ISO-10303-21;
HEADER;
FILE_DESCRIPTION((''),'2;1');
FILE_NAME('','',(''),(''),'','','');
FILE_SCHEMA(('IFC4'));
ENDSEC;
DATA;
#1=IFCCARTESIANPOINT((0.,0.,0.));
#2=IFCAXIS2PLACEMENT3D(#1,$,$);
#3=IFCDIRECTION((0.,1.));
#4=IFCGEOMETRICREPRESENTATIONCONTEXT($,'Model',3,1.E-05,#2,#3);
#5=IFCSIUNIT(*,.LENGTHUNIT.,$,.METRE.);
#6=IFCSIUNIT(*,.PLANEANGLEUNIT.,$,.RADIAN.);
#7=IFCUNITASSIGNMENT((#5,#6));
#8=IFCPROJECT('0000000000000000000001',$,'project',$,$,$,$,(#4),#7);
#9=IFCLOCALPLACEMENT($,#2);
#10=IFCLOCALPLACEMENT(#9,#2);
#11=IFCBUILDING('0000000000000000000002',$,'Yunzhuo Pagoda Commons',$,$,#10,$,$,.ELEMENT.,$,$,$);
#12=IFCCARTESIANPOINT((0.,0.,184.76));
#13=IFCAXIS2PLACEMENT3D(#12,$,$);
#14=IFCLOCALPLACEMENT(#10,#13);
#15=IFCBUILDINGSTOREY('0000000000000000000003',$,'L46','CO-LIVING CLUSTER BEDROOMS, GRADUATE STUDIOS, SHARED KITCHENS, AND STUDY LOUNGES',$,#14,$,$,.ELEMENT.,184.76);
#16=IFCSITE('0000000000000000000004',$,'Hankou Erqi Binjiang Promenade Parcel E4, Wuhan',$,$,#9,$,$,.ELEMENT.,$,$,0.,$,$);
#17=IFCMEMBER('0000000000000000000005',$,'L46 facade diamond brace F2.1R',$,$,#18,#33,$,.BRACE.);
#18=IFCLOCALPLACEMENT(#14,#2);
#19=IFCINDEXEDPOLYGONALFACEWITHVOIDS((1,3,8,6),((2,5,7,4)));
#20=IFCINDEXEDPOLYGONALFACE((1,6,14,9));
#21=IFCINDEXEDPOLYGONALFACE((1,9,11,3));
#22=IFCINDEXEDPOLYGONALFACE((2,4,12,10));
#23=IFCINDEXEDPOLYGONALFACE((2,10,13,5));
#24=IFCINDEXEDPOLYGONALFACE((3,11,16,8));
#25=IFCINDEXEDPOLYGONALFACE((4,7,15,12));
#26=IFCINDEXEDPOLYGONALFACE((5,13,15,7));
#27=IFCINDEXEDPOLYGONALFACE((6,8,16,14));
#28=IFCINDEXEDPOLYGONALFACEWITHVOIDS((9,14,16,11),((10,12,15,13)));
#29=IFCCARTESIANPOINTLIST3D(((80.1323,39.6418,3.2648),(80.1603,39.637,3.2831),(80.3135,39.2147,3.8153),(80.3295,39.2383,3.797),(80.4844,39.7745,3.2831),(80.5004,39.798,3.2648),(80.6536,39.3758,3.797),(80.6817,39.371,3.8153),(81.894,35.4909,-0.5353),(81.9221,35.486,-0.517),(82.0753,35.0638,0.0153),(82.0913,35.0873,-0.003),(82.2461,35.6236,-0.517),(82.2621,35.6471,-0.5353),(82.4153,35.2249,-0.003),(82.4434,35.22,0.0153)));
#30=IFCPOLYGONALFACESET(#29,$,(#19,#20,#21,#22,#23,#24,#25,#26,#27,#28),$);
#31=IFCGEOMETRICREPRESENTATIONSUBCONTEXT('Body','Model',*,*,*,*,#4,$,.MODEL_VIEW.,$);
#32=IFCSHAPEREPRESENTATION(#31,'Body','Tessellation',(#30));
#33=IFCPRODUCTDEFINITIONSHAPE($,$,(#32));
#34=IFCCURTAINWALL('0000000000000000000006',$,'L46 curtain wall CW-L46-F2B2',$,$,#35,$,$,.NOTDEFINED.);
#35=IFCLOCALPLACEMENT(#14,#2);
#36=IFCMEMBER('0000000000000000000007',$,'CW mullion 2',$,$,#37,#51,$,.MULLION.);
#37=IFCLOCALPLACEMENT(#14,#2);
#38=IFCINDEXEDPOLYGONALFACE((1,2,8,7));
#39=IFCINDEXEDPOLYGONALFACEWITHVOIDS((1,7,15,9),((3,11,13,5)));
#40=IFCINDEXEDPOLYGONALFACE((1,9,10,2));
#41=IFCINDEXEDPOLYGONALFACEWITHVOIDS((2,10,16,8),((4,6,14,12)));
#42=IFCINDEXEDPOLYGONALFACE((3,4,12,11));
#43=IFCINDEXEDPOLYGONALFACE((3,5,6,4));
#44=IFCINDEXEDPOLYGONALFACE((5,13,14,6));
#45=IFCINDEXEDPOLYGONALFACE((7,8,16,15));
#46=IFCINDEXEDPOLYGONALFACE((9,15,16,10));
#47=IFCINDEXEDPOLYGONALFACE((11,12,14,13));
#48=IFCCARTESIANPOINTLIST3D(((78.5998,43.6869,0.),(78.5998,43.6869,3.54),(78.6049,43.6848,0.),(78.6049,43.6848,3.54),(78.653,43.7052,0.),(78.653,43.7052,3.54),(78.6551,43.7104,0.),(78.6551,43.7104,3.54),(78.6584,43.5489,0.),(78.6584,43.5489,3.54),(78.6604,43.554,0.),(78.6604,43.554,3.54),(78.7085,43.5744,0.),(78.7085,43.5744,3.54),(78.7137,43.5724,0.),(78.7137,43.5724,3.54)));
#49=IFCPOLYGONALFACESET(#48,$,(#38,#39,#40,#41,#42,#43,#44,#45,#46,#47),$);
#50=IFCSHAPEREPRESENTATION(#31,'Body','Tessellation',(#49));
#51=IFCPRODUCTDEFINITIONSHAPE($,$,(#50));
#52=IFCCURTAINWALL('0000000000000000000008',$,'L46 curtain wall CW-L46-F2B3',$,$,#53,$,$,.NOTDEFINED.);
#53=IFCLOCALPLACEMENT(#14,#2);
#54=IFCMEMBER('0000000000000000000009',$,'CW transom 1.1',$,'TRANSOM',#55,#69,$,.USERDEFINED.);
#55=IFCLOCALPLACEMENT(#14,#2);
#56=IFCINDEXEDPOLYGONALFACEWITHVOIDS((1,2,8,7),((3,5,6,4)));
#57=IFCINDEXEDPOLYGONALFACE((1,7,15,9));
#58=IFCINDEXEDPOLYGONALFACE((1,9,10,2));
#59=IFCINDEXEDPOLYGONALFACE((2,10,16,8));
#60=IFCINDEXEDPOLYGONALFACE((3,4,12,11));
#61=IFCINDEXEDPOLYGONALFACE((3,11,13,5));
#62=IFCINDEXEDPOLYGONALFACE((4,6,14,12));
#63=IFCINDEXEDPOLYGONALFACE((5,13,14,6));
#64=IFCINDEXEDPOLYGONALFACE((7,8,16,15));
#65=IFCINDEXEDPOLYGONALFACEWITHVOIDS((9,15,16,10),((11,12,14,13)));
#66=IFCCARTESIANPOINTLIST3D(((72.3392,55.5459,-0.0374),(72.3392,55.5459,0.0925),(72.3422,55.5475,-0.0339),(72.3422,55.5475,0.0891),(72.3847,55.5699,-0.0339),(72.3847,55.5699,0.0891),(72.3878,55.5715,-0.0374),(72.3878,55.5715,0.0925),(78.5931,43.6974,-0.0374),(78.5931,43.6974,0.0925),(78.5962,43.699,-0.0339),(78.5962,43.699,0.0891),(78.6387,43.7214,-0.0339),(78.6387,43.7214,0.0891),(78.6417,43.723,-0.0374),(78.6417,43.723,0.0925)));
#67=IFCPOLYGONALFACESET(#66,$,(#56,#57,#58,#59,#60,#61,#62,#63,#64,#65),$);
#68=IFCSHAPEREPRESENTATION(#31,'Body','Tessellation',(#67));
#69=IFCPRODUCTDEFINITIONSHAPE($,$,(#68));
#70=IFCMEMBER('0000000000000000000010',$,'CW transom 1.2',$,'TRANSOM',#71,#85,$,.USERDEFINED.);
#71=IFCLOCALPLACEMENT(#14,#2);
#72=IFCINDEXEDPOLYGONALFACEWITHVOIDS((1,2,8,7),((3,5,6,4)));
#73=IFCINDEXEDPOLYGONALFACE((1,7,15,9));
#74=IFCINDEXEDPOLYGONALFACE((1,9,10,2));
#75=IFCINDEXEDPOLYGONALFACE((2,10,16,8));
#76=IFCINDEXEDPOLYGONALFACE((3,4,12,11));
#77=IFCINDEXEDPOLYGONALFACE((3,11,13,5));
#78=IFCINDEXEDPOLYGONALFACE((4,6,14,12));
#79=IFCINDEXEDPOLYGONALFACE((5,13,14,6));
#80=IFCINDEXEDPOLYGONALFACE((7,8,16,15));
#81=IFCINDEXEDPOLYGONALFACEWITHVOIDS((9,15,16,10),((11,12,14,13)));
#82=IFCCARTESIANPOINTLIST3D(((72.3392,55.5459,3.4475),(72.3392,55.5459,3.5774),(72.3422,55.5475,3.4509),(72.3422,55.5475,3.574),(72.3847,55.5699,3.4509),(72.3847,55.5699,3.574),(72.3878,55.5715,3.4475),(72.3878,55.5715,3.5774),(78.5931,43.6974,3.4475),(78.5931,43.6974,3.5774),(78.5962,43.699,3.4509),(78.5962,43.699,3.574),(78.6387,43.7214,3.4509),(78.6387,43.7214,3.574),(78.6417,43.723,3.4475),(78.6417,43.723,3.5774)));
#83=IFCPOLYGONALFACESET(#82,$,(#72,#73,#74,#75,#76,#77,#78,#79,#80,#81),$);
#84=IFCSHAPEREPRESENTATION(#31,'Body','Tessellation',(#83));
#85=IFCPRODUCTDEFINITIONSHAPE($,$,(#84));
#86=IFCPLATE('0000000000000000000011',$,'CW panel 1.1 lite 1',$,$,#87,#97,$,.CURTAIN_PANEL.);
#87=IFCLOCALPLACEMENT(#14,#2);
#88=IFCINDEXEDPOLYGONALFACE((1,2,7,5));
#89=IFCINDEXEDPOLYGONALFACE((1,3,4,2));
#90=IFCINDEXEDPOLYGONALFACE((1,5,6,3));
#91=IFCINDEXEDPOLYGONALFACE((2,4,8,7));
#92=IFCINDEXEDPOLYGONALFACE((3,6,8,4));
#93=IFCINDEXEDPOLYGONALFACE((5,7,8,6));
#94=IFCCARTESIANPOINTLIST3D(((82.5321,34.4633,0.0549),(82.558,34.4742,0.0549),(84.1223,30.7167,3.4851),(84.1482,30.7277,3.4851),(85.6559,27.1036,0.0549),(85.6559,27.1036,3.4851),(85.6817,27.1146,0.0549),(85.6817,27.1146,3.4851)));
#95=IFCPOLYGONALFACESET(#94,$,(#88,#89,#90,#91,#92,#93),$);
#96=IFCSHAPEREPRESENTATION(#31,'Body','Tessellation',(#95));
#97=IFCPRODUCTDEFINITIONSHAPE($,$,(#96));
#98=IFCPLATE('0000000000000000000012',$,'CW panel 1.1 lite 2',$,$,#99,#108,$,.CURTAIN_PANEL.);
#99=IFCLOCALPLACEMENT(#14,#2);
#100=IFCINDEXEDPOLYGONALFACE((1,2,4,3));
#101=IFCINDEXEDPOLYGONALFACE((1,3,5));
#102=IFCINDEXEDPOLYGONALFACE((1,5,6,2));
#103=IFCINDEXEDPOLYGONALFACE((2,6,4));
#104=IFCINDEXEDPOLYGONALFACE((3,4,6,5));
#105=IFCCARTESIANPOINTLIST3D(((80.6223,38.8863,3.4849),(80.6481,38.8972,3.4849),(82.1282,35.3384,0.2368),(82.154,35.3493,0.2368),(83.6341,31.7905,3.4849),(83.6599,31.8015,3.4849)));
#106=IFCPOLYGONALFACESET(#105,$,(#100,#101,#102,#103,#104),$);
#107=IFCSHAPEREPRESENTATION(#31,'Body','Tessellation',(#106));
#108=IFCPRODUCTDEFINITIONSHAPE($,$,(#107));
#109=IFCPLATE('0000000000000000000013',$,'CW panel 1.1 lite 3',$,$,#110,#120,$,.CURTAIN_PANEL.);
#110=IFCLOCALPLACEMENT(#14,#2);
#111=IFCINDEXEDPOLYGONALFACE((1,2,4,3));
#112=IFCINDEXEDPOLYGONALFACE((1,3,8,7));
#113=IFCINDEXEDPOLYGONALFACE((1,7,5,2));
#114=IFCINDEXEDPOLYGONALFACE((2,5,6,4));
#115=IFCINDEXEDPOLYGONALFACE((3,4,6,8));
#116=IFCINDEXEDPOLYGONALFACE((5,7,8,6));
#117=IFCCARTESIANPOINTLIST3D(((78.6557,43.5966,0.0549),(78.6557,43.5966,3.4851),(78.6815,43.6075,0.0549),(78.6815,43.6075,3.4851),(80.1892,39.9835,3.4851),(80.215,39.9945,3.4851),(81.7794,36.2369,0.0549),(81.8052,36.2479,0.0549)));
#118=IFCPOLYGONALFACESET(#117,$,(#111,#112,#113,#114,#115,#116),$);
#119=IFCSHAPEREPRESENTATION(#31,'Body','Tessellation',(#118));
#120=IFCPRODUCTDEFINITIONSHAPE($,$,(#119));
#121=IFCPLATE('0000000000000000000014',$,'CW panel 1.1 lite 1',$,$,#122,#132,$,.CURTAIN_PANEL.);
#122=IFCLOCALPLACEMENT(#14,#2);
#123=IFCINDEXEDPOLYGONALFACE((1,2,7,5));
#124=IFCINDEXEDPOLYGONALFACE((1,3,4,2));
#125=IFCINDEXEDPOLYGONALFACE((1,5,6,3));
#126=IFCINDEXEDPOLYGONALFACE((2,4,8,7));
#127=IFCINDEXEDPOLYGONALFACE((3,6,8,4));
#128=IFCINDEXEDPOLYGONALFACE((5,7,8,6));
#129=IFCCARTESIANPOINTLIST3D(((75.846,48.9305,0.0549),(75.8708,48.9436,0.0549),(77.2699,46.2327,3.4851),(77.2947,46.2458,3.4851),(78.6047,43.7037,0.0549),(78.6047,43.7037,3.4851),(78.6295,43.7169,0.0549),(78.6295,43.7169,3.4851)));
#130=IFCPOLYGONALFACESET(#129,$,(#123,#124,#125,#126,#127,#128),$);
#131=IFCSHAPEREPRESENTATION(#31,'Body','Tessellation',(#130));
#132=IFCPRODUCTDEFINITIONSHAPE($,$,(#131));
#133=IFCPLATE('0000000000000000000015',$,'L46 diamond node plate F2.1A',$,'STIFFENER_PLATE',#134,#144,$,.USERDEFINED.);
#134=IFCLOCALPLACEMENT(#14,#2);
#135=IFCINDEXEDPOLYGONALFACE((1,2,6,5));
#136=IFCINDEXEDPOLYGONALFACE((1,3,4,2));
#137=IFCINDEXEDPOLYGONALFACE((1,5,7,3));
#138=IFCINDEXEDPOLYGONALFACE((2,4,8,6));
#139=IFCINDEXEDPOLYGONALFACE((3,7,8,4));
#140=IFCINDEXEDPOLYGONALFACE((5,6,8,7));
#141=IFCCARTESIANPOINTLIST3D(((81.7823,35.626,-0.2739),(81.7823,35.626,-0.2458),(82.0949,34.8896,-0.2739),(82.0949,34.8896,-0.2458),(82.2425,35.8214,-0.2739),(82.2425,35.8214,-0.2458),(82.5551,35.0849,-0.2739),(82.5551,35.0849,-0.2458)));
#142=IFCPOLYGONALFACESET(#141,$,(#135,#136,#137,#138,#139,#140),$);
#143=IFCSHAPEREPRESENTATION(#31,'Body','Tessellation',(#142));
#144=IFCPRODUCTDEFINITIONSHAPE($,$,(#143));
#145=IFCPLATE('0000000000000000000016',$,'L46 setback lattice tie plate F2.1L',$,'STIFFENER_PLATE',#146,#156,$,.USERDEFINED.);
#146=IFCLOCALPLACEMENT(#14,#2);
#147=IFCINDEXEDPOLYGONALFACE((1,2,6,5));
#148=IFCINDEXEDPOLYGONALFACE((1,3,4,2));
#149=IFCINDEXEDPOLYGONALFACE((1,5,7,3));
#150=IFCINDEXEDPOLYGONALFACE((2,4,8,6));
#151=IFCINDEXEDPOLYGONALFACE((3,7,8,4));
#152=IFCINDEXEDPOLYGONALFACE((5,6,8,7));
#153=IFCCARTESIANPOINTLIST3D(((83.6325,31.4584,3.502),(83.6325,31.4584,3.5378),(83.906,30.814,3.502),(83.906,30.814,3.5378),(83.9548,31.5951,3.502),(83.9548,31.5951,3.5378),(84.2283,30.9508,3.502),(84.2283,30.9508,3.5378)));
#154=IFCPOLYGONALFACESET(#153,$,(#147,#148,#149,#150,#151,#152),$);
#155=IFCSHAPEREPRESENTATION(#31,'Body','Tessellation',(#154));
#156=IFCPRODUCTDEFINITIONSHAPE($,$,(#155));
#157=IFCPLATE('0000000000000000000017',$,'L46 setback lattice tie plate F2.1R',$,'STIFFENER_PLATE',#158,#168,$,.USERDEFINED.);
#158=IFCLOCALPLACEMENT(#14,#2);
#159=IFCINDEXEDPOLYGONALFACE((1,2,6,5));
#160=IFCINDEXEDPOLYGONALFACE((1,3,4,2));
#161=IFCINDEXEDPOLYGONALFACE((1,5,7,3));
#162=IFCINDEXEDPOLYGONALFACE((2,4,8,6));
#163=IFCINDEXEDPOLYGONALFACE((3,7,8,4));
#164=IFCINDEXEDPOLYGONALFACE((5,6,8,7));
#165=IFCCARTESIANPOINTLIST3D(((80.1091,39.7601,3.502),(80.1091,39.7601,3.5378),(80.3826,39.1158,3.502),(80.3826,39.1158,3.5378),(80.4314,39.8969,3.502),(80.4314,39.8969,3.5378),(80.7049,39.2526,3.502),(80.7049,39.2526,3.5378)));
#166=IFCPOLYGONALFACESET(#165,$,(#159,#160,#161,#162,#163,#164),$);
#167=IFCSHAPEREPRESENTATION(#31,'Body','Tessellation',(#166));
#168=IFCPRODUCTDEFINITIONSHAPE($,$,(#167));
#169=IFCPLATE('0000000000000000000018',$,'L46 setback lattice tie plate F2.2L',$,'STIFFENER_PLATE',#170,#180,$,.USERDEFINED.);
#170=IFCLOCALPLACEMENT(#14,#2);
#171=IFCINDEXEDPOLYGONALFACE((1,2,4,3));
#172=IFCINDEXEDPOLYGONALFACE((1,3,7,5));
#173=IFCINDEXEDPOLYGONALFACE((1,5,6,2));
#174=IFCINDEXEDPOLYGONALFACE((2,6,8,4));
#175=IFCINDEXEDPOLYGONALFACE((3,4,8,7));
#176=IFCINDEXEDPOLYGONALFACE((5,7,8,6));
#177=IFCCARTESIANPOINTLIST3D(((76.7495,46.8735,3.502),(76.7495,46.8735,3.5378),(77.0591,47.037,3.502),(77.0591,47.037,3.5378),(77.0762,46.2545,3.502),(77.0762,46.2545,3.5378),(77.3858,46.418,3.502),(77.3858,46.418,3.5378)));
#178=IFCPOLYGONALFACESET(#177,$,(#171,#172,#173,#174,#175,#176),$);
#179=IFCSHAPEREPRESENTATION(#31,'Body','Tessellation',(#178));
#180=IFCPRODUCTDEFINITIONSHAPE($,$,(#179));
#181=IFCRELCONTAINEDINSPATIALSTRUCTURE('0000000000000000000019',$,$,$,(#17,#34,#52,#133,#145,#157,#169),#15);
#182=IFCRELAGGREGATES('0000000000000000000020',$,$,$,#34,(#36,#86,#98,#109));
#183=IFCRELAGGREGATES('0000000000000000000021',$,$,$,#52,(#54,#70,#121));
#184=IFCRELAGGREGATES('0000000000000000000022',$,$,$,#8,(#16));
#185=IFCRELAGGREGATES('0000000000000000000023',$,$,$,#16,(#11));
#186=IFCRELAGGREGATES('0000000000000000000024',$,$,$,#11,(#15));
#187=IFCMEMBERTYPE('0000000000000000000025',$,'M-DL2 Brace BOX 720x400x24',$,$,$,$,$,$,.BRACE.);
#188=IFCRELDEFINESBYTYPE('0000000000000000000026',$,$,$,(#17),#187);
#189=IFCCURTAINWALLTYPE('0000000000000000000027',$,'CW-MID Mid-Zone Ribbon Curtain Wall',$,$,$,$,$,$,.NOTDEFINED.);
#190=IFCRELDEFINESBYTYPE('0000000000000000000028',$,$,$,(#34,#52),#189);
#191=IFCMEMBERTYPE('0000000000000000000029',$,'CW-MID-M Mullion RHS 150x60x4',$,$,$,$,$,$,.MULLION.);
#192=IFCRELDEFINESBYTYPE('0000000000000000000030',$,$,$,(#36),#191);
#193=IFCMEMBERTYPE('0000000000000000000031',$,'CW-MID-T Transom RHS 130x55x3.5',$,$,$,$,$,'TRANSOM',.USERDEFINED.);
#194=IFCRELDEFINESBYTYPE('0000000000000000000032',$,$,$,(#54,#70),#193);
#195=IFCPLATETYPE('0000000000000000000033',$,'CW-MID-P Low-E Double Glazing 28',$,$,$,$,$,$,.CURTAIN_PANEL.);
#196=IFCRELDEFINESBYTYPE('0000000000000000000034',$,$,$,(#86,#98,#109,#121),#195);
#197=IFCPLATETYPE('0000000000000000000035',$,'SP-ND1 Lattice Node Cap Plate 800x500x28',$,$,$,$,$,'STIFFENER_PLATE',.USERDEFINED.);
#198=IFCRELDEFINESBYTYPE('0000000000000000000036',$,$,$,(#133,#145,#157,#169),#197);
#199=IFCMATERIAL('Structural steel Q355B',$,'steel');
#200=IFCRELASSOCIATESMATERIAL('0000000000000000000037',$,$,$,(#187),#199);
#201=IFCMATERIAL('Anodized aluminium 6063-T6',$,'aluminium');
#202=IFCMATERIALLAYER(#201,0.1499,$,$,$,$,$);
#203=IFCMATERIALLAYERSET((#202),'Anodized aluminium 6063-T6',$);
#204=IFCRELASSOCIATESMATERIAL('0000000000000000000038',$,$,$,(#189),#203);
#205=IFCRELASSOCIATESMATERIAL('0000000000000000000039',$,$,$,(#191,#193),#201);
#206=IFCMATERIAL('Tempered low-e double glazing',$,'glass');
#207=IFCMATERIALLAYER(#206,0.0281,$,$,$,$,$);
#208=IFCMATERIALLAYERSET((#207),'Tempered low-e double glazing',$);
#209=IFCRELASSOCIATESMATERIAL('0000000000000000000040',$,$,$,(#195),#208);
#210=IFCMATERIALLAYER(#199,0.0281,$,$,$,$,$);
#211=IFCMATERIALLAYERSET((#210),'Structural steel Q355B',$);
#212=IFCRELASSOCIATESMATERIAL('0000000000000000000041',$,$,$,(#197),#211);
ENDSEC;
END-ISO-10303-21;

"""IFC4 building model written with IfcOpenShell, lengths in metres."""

from ifc_helpers import new_model, si_unit, direction, frame, origin, origin_2d, place, context, subcontext, project, spatial, polyline, rectangle, hollow_rectangle, outline, extrude, source, transform, mapped, material, layer, layer_set, material_profile, profile_set, type_object, element, aggregate, save


model = new_model("IFC4")

# Units and contexts
model_context = context("Model", 3, precision=1e-05, world=origin(), true_north=direction((0.0, 1.0)))
body_context = subcontext(model_context, "Body", "Model", "MODEL_VIEW")
ifc_project = project(units=[si_unit("LENGTHUNIT", "METRE"), si_unit("PLANEANGLEUNIT", "RADIAN")], contexts=[model_context])

# Site, building, storey
site_placement = place(None, origin())
site = spatial("IfcSite", under=ifc_project, at=site_placement, Name="Hankou Erqi Binjiang Promenade Parcel E4, Wuhan", CompositionType="ELEMENT", RefElevation=0.0)
building_placement = place(site_placement, origin())
building = spatial("IfcBuilding", under=site, at=building_placement, Name="Yunzhuo Pagoda Commons", CompositionType="ELEMENT")
storey_placement = place(building_placement, frame((0.0, 0.0, 184.76)))
storey = spatial("IfcBuildingStorey", under=building, at=storey_placement, Name="L46", Description="CO-LIVING CLUSTER BEDROOMS, GRADUATE STUDIOS, SHARED KITCHENS, AND STUDY LOUNGES", CompositionType="ELEMENT", Elevation=184.76)

# Shared definitions
ifc_material_1 = material(Name="Structural steel Q355B", Category="steel")

# Member
ifc_material_profile_1 = material_profile(ifc_material_1, hollow_rectangle(XDim=0.3999, YDim=0.72, WallThickness=0.0239, at=origin_2d()), Name="Structural steel Q355B")
ifc_profile_set_1 = profile_set([ifc_material_profile_1], Name="Structural steel Q355B")
member_type_1 = type_object("IfcMemberType", Name="M-DL2 Brace BOX 720x400x24", PredefinedType="BRACE", material=ifc_profile_set_1)
shared_shape_1 = source(origin(), body_context, "Body", "SweptSolid", [
    extrude(hollow_rectangle(XDim=0.3999, YDim=0.72, WallThickness=0.0239, at=origin_2d()), origin(), (0.0, 0.0, 1.0), 5.897),
])
for number, where, z_axis, x_axis, name in (
    (1, (82.1687, 35.3555, -0.26), (-0.298752, 0.703905, 0.644411), (-0.920523, -0.390689, 0.0), "L46 facade diamond brace F2.1R"),
):
    element("IfcMember", number, at=place(storey_placement, frame(where, z_axis=z_axis, x_axis=x_axis)), inside=storey, type_object=member_type_1, Name=name, PredefinedType="BRACE", context=body_context, shape_type="MappedRepresentation", body=[
        mapped(shared_shape_1, transform((0.0, 0.0, 0.0), scale=1.0)),
    ])

# Curtain wall, member
ifc_material_2 = material(Name="Anodized aluminium 6063-T6", Category="aluminium")
ifc_layer_1 = layer(ifc_material_2, 0.1499)
ifc_layer_set_1 = layer_set([ifc_layer_1], Name="Anodized aluminium 6063-T6")
curtain_wall_type = type_object("IfcCurtainWallType", Name="CW-MID Mid-Zone Ribbon Curtain Wall", PredefinedType="NOTDEFINED", material=ifc_layer_set_1)
curtain_wall_1_placement = place(storey_placement, origin())
curtain_wall_1 = element("IfcCurtainWall", 2, at=curtain_wall_1_placement, inside=storey, type_object=curtain_wall_type, Name="L46 curtain wall CW-L46-F2B2", PredefinedType="NOTDEFINED")
ifc_material_profile_2 = material_profile(ifc_material_2, hollow_rectangle(XDim=0.0601, YDim=0.1499, WallThickness=0.0039, at=origin_2d()), Name="Anodized aluminium 6063-T6")
ifc_profile_set_2 = profile_set([ifc_material_profile_2], Name="Anodized aluminium 6063-T6")
member_type_2 = type_object("IfcMemberType", Name="CW-MID-M Mullion RHS 150x60x4", PredefinedType="MULLION", material=ifc_profile_set_2)
shared_shape_2 = source(origin(), body_context, "Body", "SweptSolid", [
    extrude(hollow_rectangle(XDim=0.0601, YDim=0.1499, WallThickness=0.0039, at=origin_2d()), origin(), (0.0, 0.0, 1.0), 3.54),
])
member_1_placement = place(storey_placement, frame((78.6567, 43.6296, 0.0), z_axis=(0.0, 0.0, 1.0), x_axis=(-0.920515, -0.390706, 0.0)))
member_1 = element("IfcMember", 3, at=member_1_placement, type_object=member_type_2, Name="CW mullion 2", PredefinedType="MULLION", context=body_context, shape_type="MappedRepresentation", body=[
    mapped(shared_shape_2, transform((0.0, 0.0, 0.0), scale=1.0)),
])

# Curtain wall, members
curtain_wall_2_placement = place(storey_placement, origin())
curtain_wall_2 = element("IfcCurtainWall", 4, at=curtain_wall_2_placement, inside=storey, type_object=curtain_wall_type, Name="L46 curtain wall CW-L46-F2B3", PredefinedType="NOTDEFINED")
ifc_material_profile_3 = material_profile(ifc_material_2, hollow_rectangle(XDim=0.0549, YDim=0.1299, WallThickness=0.0034, at=origin_2d()), Name="Anodized aluminium 6063-T6")
ifc_profile_set_3 = profile_set([ifc_material_profile_3], Name="Anodized aluminium 6063-T6")
member_type_3 = type_object("IfcMemberType", Name="CW-MID-T Transom RHS 130x55x3.5", ElementType="TRANSOM", PredefinedType="USERDEFINED", material=ifc_profile_set_3)
shared_shape_3 = source(origin(), body_context, "Body", "SweptSolid", [
    extrude(hollow_rectangle(XDim=0.0549, YDim=0.1299, WallThickness=0.0034, at=origin_2d()), origin(), (0.0, 0.0, 1.0), 13.3977),
])
member_2_placement = place(storey_placement, frame((78.6174, 43.7102, 0.0276), z_axis=(-0.466793, 0.884367, 0.0), x_axis=(-0.884367, -0.466793, 0.0)))
member_2 = element("IfcMember", 5, at=member_2_placement, type_object=member_type_3, Name="CW transom 1.1", ObjectType="TRANSOM", PredefinedType="USERDEFINED", context=body_context, shape_type="MappedRepresentation", body=[
    mapped(shared_shape_3, transform((0.0, 0.0, 0.0), scale=1.0)),
])
member_3_placement = place(storey_placement, frame((78.6174, 43.7102, 3.5125), z_axis=(-0.466793, 0.884367, 0.0), x_axis=(-0.884367, -0.466793, 0.0)))
member_3 = element("IfcMember", 6, at=member_3_placement, type_object=member_type_3, Name="CW transom 1.2", ObjectType="TRANSOM", PredefinedType="USERDEFINED", context=body_context, shape_type="MappedRepresentation", body=[
    mapped(shared_shape_3, transform((0.0, 0.0, 0.0), scale=1.0)),
])

# Plates
ifc_material_3 = material(Name="Tempered low-e double glazing", Category="glass")
ifc_layer_2 = layer(ifc_material_3, 0.0281)
ifc_layer_set_2 = layer_set([ifc_layer_2], Name="Tempered low-e double glazing")
plate_type_1 = type_object("IfcPlateType", Name="CW-MID-P Low-E Double Glazing 28", PredefinedType="CURTAIN_PANEL", material=ifc_layer_set_2)
plate_1_placement = place(storey_placement, frame((84.094, 30.7834, 1.77), z_axis=(0.920515, 0.390706, 0.0), x_axis=(-0.390706, 0.920515, 0.0)))
plate_1 = element("IfcPlate", 7, at=plate_1_placement, type_object=plate_type_1, Name="CW panel 1.1 lite 1", PredefinedType="CURTAIN_PANEL", context=body_context, shape_type="SweptSolid", body=[
    extrude(outline(polyline([(-3.9976, -1.7151), (3.9976, -1.7151), (-0.0725, 1.7151), (-3.9976, 1.7151), (-3.9976, -1.7151)])), origin(), (0.0, 0.0, 1.0), 0.0281),
])
plate_2_placement = place(storey_placement, frame((82.1282, 35.3384, 1.8608), z_axis=(0.920515, 0.390706, 0.0), x_axis=(-0.390706, 0.920515, 0.0)))
plate_2 = element("IfcPlate", 8, at=plate_2_placement, type_object=plate_type_1, Name="CW panel 1.1 lite 2", PredefinedType="CURTAIN_PANEL", context=body_context, shape_type="SweptSolid", body=[
    extrude(outline(polyline([(-3.8542, 1.624), (0.0, -1.624), (3.8542, 1.624), (-3.8542, 1.624)])), origin(), (0.0, 0.0, 1.0), 0.0281),
])
plate_3_placement = place(storey_placement, frame((80.2175, 39.9167, 1.77), z_axis=(0.920515, 0.390706, 0.0), x_axis=(-0.390706, 0.920515, 0.0)))
plate_3 = element("IfcPlate", 9, at=plate_3_placement, type_object=plate_type_1, Name="CW panel 1.1 lite 3", PredefinedType="CURTAIN_PANEL", context=body_context, shape_type="SweptSolid", body=[
    extrude(outline(polyline([(-3.9976, -1.7151), (3.9976, -1.7151), (3.9976, 1.7151), (0.0725, 1.7151), (-3.9976, -1.7151)])), origin(), (0.0, 0.0, 1.0), 0.0281),
])
aggregate(curtain_wall_1, [member_1, plate_1, plate_2, plate_3])
plate_4_placement = place(storey_placement, frame((77.2253, 46.3171, 1.77), z_axis=(0.884373, 0.466781, 0.0), x_axis=(-0.466781, 0.884373, 0.0)))
plate_4 = element("IfcPlate", 10, at=plate_4_placement, type_object=plate_type_1, Name="CW panel 1.1 lite 1", PredefinedType="CURTAIN_PANEL", context=body_context, shape_type="SweptSolid", body=[
    extrude(outline(polyline([(-2.9551, -1.7151), (2.9551, -1.7151), (-0.0955, 1.7151), (-2.9551, 1.7151), (-2.9551, -1.7151)])), origin(), (0.0, 0.0, 1.0), 0.0281),
])
aggregate(curtain_wall_2, [member_2, member_3, plate_4])

# Plates
ifc_layer_3 = layer(ifc_material_1, 0.0281)
ifc_layer_set_3 = layer_set([ifc_layer_3], Name="Structural steel Q355B")
plate_type_2 = type_object("IfcPlateType", Name="SP-ND1 Lattice Node Cap Plate 800x500x28", ElementType="STIFFENER_PLATE", PredefinedType="USERDEFINED", material=ifc_layer_set_3)
shared_shape_4 = source(origin(), body_context, "Body", "SweptSolid", [
    extrude(rectangle(XDim=0.8, YDim=0.5, at=origin_2d()), origin(), (0.0, 0.0, 1.0), 0.0281),
])
plate_5_placement = place(storey_placement, frame((82.1687, 35.3555, -0.2739), z_axis=(0.0, 0.0, 1.0), x_axis=(-0.390699, 0.920518, 0.0)))
element("IfcPlate", 11, at=plate_5_placement, inside=storey, type_object=plate_type_2, Name="L46 diamond node plate F2.1A", ObjectType="STIFFENER_PLATE", PredefinedType="USERDEFINED", context=body_context, shape_type="MappedRepresentation", body=[
    mapped(shared_shape_4, transform((0.0, 0.0, 0.0), scale=1.0)),
])
shared_shape_5 = source(origin(), body_context, "Body", "SweptSolid", [
    extrude(rectangle(XDim=0.7, YDim=0.3501, at=origin_2d()), origin(), (0.0, 0.0, 1.0), 0.0359),
])
for number, where, z_axis, x_axis, name in (
    (12, (83.9304, 31.2046, 3.502), (0.0, 0.0, 1.0), (-0.390699, 0.920518, 0.0), "L46 setback lattice tie plate F2.1L"),
    (13, (80.407, 39.5063, 3.502), (0.0, 0.0, 1.0), (-0.390699, 0.920518, 0.0), "L46 setback lattice tie plate F2.1R"),
    (14, (77.0676, 46.6458, 3.502), (0.0, 0.0, 1.0), (-0.466788, 0.884369, 0.0), "L46 setback lattice tie plate F2.2L"),
):
    element("IfcPlate", number, at=place(storey_placement, frame(where, z_axis=z_axis, x_axis=x_axis)), inside=storey, type_object=plate_type_2, Name=name, ObjectType="STIFFENER_PLATE", PredefinedType="USERDEFINED", context=body_context, shape_type="MappedRepresentation", body=[
        mapped(shared_shape_5, transform((0.0, 0.0, 0.0), scale=1.0)),
    ])

save(model, "model.ifc")
